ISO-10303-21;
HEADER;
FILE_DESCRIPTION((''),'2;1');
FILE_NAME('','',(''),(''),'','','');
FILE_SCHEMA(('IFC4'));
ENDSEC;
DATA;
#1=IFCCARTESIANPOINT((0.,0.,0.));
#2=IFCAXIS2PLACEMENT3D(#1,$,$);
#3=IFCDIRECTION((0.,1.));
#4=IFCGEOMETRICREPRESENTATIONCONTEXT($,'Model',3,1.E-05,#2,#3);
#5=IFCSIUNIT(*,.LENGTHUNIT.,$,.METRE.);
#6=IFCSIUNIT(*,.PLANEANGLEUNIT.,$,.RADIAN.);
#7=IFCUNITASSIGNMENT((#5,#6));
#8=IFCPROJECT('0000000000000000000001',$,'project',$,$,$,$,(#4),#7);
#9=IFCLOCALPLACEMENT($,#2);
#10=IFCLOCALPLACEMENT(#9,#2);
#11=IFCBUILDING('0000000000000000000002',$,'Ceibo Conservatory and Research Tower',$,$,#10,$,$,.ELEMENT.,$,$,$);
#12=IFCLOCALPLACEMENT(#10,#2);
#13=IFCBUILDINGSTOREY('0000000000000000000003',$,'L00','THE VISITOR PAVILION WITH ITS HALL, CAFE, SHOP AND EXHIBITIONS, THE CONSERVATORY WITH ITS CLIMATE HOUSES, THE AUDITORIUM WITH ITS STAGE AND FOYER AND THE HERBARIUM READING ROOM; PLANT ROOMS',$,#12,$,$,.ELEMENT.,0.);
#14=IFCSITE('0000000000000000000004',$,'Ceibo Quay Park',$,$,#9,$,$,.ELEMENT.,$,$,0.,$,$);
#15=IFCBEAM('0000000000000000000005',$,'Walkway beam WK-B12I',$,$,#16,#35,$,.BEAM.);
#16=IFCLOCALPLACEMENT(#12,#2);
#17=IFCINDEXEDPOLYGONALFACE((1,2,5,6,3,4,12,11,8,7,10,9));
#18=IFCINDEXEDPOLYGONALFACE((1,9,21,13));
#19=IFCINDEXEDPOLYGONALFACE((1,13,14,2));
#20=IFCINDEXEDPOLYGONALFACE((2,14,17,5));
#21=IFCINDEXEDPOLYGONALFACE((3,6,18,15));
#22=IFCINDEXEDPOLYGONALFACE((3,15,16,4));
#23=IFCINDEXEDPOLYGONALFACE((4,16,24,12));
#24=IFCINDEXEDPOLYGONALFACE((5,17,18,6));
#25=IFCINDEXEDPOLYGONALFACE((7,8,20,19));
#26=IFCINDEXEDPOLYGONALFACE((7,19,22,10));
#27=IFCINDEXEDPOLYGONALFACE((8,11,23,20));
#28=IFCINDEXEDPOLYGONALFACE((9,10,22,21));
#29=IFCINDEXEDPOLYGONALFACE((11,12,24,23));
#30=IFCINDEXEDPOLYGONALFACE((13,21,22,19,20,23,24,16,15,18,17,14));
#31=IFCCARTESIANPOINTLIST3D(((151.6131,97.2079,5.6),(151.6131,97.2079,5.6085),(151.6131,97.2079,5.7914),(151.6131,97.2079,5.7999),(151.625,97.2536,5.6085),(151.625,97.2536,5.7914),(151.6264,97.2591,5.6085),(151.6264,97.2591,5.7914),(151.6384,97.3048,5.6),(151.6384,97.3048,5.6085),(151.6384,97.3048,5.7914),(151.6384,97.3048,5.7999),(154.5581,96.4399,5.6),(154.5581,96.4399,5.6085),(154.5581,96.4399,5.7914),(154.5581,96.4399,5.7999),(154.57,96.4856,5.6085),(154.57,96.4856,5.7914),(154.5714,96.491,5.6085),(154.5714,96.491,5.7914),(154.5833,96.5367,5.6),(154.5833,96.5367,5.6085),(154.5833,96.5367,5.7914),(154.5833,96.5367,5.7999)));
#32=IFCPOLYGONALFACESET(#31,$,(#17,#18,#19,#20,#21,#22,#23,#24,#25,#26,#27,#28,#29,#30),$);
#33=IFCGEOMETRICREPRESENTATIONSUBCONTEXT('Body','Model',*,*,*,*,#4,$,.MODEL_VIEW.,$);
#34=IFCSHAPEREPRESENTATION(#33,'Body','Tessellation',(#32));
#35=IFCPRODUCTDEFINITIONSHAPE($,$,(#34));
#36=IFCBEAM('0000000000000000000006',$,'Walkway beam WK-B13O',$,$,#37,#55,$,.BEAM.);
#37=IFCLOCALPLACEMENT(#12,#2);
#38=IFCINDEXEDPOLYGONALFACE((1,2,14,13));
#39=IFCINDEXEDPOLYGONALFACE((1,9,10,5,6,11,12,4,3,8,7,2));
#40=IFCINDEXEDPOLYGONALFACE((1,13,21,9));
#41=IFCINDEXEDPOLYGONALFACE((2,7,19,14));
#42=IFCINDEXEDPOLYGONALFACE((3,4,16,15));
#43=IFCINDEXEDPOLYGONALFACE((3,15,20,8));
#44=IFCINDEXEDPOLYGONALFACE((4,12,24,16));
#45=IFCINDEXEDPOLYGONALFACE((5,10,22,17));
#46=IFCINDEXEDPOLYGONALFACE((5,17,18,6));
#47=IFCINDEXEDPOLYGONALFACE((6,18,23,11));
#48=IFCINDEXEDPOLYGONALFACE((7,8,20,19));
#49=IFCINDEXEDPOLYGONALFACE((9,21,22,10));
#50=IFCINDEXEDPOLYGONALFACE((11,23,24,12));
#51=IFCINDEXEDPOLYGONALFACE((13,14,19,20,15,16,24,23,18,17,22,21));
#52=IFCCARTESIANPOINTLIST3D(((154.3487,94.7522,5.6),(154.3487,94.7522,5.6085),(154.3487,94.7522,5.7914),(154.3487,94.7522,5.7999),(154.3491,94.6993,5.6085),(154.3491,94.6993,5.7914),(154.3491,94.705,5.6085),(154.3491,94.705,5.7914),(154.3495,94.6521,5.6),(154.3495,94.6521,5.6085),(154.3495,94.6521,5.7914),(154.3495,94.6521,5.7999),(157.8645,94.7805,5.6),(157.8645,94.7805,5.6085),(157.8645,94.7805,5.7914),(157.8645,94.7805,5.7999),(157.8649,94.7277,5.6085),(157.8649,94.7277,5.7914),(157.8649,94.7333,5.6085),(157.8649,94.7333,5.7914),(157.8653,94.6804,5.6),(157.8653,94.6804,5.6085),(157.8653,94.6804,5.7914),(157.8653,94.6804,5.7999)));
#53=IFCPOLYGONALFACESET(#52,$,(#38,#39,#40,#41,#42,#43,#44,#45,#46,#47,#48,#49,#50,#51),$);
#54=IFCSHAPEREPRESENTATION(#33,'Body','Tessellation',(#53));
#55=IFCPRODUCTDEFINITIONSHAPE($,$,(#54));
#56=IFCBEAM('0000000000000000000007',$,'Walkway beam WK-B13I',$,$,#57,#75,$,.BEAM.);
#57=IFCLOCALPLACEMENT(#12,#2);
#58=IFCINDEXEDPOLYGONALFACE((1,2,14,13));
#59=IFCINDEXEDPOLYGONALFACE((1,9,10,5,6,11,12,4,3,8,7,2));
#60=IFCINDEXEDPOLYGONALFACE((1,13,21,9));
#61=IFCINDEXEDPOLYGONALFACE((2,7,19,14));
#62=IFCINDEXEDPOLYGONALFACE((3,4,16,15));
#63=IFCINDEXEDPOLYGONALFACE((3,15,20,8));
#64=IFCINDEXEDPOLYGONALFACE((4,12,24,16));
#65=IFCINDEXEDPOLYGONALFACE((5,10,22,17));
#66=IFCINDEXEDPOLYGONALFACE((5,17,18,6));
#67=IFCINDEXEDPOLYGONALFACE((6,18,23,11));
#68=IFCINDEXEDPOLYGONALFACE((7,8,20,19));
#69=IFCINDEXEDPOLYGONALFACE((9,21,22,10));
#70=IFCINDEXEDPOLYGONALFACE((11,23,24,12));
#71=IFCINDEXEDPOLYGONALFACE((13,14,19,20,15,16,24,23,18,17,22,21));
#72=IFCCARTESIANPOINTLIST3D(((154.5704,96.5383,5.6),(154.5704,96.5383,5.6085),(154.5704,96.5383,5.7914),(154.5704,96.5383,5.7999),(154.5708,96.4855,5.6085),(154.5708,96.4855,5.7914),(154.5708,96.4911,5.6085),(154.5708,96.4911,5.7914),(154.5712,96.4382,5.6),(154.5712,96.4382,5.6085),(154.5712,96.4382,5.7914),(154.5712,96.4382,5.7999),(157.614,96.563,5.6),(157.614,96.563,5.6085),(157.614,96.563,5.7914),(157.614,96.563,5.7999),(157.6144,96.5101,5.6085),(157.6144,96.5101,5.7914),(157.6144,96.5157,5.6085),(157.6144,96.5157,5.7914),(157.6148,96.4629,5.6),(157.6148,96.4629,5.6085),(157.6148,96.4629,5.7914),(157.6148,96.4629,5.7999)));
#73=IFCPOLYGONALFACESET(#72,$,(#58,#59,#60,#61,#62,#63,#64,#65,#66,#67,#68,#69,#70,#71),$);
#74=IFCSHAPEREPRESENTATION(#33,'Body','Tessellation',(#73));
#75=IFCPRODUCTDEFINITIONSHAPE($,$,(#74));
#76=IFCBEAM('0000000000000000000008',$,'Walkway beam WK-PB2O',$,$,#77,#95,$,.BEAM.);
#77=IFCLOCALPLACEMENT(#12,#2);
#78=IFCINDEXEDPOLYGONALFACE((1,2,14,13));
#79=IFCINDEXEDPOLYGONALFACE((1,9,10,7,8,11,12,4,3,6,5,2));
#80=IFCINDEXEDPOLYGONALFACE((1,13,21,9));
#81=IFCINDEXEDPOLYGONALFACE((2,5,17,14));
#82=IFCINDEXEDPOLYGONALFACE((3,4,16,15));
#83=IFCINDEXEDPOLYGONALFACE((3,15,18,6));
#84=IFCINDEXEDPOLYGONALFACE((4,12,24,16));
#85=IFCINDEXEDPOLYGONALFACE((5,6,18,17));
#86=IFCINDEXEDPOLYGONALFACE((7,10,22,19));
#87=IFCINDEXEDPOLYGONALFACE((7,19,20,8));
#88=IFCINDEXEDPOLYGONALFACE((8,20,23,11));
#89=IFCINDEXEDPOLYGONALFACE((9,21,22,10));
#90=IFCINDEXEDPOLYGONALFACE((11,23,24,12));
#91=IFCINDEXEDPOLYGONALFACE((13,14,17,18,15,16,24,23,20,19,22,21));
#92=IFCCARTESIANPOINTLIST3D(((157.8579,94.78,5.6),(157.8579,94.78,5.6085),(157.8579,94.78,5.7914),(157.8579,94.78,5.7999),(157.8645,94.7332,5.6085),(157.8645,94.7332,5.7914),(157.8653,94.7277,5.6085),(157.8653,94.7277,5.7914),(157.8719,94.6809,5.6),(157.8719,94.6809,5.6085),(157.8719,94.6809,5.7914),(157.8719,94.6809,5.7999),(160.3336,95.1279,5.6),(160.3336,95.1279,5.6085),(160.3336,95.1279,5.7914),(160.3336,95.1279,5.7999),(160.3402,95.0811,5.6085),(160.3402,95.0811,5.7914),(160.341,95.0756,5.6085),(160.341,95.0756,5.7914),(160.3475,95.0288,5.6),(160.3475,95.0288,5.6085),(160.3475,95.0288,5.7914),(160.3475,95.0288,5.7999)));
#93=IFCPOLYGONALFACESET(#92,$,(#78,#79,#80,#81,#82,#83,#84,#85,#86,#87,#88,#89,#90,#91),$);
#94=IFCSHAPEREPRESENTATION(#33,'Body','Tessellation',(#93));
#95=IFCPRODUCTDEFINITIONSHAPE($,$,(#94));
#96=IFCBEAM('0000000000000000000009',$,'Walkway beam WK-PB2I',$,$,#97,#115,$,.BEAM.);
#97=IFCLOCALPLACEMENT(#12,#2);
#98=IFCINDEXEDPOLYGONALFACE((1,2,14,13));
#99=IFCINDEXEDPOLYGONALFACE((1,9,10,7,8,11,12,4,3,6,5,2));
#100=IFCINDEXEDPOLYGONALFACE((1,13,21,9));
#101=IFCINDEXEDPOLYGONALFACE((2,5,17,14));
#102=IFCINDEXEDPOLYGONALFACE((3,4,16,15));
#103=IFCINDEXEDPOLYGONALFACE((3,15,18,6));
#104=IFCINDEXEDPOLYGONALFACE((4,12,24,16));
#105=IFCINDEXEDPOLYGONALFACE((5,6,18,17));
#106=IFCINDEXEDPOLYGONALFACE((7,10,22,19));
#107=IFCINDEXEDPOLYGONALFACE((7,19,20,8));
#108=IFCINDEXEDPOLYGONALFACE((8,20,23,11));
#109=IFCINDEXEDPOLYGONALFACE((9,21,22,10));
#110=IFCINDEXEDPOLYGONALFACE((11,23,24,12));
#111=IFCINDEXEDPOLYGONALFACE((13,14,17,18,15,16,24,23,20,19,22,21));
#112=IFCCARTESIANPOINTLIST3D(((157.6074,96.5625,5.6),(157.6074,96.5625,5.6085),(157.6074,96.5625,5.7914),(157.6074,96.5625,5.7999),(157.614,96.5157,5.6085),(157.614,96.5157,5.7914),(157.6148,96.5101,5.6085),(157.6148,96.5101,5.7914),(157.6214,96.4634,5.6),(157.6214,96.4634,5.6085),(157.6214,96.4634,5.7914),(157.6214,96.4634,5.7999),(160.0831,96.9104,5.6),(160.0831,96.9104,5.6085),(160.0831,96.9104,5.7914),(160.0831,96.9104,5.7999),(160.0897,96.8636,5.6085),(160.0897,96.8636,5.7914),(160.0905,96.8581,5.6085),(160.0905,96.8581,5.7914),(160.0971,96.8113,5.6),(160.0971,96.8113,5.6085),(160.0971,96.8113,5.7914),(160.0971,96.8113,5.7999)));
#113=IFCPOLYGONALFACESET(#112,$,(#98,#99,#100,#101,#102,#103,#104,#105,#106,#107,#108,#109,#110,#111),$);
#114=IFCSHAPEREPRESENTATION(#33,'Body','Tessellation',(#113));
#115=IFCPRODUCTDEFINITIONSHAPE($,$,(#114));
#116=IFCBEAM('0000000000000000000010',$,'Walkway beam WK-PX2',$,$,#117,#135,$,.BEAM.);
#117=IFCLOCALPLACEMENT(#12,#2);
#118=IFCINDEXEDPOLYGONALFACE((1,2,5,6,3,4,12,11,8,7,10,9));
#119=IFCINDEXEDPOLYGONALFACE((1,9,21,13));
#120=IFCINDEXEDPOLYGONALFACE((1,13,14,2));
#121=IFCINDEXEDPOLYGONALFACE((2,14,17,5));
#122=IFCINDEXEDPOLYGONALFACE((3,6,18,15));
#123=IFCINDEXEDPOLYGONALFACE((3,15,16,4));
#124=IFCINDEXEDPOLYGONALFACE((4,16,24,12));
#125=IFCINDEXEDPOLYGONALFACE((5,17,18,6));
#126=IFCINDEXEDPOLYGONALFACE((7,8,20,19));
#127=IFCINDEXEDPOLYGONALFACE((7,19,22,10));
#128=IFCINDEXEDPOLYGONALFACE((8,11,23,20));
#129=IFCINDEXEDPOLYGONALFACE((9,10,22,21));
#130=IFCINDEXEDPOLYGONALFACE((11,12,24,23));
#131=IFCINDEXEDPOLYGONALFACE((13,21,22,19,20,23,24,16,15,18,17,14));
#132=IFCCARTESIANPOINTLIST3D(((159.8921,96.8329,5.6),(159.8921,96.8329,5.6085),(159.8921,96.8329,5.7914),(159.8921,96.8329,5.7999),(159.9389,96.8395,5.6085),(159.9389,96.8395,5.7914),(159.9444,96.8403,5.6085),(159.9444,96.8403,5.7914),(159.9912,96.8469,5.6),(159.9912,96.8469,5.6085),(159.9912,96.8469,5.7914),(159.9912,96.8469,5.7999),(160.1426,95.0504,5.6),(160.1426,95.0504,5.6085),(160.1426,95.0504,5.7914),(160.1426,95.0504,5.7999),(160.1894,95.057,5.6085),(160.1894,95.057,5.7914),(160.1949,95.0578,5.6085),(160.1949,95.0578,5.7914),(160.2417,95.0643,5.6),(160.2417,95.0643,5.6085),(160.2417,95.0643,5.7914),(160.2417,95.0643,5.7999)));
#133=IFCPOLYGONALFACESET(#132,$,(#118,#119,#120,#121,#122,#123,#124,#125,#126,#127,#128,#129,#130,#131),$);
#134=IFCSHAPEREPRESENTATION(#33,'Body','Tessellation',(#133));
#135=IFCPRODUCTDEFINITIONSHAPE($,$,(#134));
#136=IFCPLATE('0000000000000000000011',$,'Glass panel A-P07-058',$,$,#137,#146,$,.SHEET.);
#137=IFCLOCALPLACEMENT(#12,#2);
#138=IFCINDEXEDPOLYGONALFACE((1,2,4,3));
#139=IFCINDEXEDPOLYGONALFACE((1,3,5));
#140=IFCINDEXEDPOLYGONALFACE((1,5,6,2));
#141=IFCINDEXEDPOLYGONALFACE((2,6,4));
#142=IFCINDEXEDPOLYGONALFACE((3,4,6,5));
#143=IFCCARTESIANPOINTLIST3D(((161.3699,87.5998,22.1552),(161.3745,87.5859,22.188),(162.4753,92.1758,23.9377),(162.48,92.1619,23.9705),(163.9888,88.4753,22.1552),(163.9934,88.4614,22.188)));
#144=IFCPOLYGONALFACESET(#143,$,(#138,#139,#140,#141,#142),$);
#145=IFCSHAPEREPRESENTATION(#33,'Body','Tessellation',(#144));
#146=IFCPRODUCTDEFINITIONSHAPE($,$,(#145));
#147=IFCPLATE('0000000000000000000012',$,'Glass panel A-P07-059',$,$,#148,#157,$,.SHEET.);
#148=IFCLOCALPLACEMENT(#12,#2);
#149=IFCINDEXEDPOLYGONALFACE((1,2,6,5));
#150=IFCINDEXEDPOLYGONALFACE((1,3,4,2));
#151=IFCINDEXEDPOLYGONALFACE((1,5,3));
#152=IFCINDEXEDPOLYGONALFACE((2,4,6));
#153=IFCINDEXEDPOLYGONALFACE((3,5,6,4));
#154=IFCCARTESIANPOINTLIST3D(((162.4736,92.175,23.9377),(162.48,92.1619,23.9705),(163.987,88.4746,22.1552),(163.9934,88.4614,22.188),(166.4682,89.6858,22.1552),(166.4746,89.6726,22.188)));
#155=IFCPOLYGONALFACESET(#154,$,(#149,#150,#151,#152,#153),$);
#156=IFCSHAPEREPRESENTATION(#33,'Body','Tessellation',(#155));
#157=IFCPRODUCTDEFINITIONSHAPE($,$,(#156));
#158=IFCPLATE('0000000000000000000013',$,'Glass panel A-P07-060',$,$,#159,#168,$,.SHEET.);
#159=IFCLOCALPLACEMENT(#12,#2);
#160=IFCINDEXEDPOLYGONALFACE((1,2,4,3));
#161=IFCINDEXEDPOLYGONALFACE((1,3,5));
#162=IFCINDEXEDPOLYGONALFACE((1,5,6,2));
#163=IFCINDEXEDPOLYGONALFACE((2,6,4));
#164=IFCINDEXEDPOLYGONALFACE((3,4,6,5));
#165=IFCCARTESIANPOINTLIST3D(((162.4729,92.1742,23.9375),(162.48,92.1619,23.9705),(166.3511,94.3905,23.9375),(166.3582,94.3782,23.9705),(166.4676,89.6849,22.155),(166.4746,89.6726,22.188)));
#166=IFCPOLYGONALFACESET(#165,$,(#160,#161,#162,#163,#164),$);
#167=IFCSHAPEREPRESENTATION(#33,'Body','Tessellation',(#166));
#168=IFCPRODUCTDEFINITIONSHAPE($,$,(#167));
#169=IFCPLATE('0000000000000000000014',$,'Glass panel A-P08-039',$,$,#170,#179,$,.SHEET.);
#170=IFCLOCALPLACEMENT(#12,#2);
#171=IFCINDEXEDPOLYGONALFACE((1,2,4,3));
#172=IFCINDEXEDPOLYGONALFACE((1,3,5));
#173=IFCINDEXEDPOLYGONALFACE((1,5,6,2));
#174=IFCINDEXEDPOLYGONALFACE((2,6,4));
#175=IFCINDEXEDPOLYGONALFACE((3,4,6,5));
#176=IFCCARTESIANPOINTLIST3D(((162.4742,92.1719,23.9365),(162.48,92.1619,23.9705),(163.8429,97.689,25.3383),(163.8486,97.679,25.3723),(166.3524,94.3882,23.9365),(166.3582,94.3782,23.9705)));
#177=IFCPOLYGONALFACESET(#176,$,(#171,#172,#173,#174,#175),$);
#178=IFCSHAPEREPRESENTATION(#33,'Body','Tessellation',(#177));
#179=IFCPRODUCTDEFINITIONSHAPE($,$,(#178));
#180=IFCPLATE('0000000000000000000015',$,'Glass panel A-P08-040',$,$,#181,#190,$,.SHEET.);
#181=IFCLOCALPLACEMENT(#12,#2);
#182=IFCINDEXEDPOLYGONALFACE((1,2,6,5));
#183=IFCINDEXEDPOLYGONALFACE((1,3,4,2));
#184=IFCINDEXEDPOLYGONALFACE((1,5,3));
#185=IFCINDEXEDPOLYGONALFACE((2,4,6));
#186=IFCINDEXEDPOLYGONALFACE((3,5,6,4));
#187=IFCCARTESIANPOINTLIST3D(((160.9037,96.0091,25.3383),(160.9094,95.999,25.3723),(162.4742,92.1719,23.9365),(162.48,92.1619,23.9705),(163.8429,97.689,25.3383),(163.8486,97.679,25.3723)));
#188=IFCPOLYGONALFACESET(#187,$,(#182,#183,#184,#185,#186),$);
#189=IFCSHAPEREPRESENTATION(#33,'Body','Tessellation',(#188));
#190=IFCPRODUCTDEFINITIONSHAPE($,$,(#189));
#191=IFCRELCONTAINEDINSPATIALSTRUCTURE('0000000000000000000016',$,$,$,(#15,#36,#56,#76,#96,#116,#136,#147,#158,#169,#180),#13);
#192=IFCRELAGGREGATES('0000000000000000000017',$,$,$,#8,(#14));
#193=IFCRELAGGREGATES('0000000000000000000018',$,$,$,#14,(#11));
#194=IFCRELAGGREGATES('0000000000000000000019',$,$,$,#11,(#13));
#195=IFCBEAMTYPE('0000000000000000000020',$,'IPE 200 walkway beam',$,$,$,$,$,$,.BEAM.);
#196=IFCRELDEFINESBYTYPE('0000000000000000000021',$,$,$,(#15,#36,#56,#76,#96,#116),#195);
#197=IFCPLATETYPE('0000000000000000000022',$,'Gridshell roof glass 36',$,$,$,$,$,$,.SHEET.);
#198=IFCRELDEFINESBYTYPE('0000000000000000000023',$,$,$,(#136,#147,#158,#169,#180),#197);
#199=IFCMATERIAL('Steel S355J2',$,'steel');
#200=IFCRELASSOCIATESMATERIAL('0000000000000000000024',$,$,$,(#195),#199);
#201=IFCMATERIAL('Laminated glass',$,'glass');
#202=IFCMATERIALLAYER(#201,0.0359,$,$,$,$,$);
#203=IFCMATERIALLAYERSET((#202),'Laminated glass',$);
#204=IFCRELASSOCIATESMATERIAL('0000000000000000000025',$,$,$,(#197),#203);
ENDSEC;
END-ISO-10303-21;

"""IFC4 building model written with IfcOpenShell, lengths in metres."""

from ifc_helpers import new_model, si_unit, direction, frame, origin, origin_2d, place, context, subcontext, project, spatial, polyline, i_section, outline, extrude, material, layer, layer_set, material_profile, profile_set, type_object, element, save


model = new_model("IFC4")

# Units and contexts
model_context = context("Model", 3, precision=1e-05, world=origin(), true_north=direction((0.0, 1.0)))
body_context = subcontext(model_context, "Body", "Model", "MODEL_VIEW")
ifc_project = project(units=[si_unit("LENGTHUNIT", "METRE"), si_unit("PLANEANGLEUNIT", "RADIAN")], contexts=[model_context])

# Site, building, storey
site_placement = place(None, origin())
site = spatial("IfcSite", under=ifc_project, at=site_placement, Name="Ceibo Quay Park", CompositionType="ELEMENT", RefElevation=0.0)
building_placement = place(site_placement, origin())
building = spatial("IfcBuilding", under=site, at=building_placement, Name="Ceibo Conservatory and Research Tower", CompositionType="ELEMENT")
storey_placement = place(building_placement, origin())
storey = spatial("IfcBuildingStorey", under=building, at=storey_placement, Name="L00", Description="THE VISITOR PAVILION WITH ITS HALL, CAFE, SHOP AND EXHIBITIONS, THE CONSERVATORY WITH ITS CLIMATE HOUSES, THE AUDITORIUM WITH ITS STAGE AND FOYER AND THE HERBARIUM READING ROOM; PLANT ROOMS", CompositionType="ELEMENT", Elevation=0.0)

# Beams
ifc_material_1 = material(Name="Steel S355J2", Category="steel")
ifc_material_profile_1 = material_profile(ifc_material_1, i_section(OverallWidth=0.1001, OverallDepth=0.2, WebThickness=0.0056, FlangeThickness=0.0085, at=origin_2d()), Name="IPE 200")
ifc_profile_set_1 = profile_set([ifc_material_profile_1], Name="Steel S355J2")
beam_type = type_object("IfcBeamType", Name="IPE 200 walkway beam", PredefinedType="BEAM", material=ifc_profile_set_1)
beam_1_placement = place(storey_placement, frame((151.6257, 97.2563, 5.7), z_axis=(0.967634, -0.252357, 0.0), x_axis=(0.252357, 0.967634, 0.0)))
element("IfcBeam", 1, at=beam_1_placement, inside=storey, type_object=beam_type, Name="Walkway beam WK-B12I", PredefinedType="BEAM", context=body_context, shape_type="SweptSolid", body=[
    extrude(i_section(OverallWidth=0.1001, OverallDepth=0.2, WebThickness=0.0056, FlangeThickness=0.0085, at=origin_2d()), origin(), (0.0, 0.0, 1.0), 3.0435),
])
beam_2_placement = place(storey_placement, frame((154.3491, 94.7021, 5.7), z_axis=(0.999968, 0.008055, 0.0), x_axis=(-0.008055, 0.999968, 0.0)))
element("IfcBeam", 2, at=beam_2_placement, inside=storey, type_object=beam_type, Name="Walkway beam WK-B13O", PredefinedType="BEAM", context=body_context, shape_type="SweptSolid", body=[
    extrude(i_section(OverallWidth=0.1001, OverallDepth=0.2, WebThickness=0.0056, FlangeThickness=0.0085, at=origin_2d()), origin(), (0.0, 0.0, 1.0), 3.5159),
])
beam_3_placement = place(storey_placement, frame((154.5708, 96.4883, 5.7), z_axis=(0.999967, 0.008101, 0.0), x_axis=(-0.008101, 0.999967, 0.0)))
element("IfcBeam", 3, at=beam_3_placement, inside=storey, type_object=beam_type, Name="Walkway beam WK-B13I", PredefinedType="BEAM", context=body_context, shape_type="SweptSolid", body=[
    extrude(i_section(OverallWidth=0.1001, OverallDepth=0.2, WebThickness=0.0056, FlangeThickness=0.0085, at=origin_2d()), origin(), (0.0, 0.0, 1.0), 3.0437),
])
for number, where, z_axis, x_axis, name in (
    (4, (160.3406, 95.0784, 5.7), (-0.990269, -0.139165, 0.0), (0.139165, -0.990269, 0.0), "Walkway beam WK-PB2O"),
    (5, (160.0901, 96.8608, 5.7), (-0.990269, -0.139165, 0.0), (0.139165, -0.990269, 0.0), "Walkway beam WK-PB2I"),
):
    element("IfcBeam", number, at=place(storey_placement, frame(where, z_axis=z_axis, x_axis=x_axis)), inside=storey, type_object=beam_type, Name=name, PredefinedType="BEAM", context=body_context, shape_type="SweptSolid", body=[
        extrude(i_section(OverallWidth=0.1001, OverallDepth=0.2, WebThickness=0.0056, FlangeThickness=0.0085, at=origin_2d()), origin(), (0.0, 0.0, 1.0), 2.5),
    ])
beam_4_placement = place(storey_placement, frame((160.1921, 95.0574, 5.7), z_axis=(-0.139161, 0.99027, 0.0), x_axis=(-0.99027, -0.139161, 0.0)))
element("IfcBeam", 6, at=beam_4_placement, inside=storey, type_object=beam_type, Name="Walkway beam WK-PX2", PredefinedType="BEAM", context=body_context, shape_type="SweptSolid", body=[
    extrude(i_section(OverallWidth=0.1001, OverallDepth=0.2, WebThickness=0.0056, FlangeThickness=0.0085, at=origin_2d()), origin(), (0.0, 0.0, 1.0), 1.8),
])

# Plates
ifc_material_2 = material(Name="Laminated glass", Category="glass")
ifc_layer = layer(ifc_material_2, 0.0359)
ifc_layer_set = layer_set([ifc_layer], Name="Laminated glass")
plate_type = type_object("IfcPlateType", Name="Gridshell roof glass 36", PredefinedType="SHEET", material=ifc_layer_set)
plate_1_placement = place(storey_placement, frame((162.48, 92.1619, 23.9705), z_axis=(0.129337, -0.386892, 0.91301), x_axis=(-0.219613, -0.909054, -0.354106)))
element("IfcPlate", 7, at=plate_1_placement, inside=storey, type_object=plate_type, Name="Glass panel A-P07-058", PredefinedType="SHEET", context=body_context, shape_type="SweptSolid", body=[
    extrude(outline(polyline([(0.0, 0.0), (5.0337, 0.0), (3.6627, 2.397), (0.0, 0.0)])), origin(), (0.0, 0.0, -1.0), 0.0359),
])
plate_2_placement = place(storey_placement, frame((162.48, 92.1619, 23.9705), z_axis=(0.178953, -0.366599, 0.913007), x_axis=(0.345743, -0.845367, -0.407206)))
element("IfcPlate", 8, at=plate_2_placement, inside=storey, type_object=plate_type, Name="Glass panel A-P07-059", PredefinedType="SHEET", context=body_context, shape_type="SweptSolid", body=[
    extrude(outline(polyline([(0.0, 0.0), (4.3773, 0.0), (4.2113, 2.756), (0.0, 0.0)])), origin(), (0.0, 0.0, -1.0), 0.0359),
])
plate_3_placement = place(storey_placement, frame((162.48, 92.1619, 23.9705), z_axis=(0.196083, -0.343113, 0.918599), x_axis=(0.793694, -0.494591, -0.35416)))
element("IfcPlate", 9, at=plate_3_placement, inside=storey, type_object=plate_type, Name="Glass panel A-P07-060", PredefinedType="SHEET", context=body_context, shape_type="SweptSolid", body=[
    extrude(outline(polyline([(0.0, 0.0), (5.033, 0.0), (1.9819, 4.003), (0.0, 0.0)])), origin(), (0.0, 0.0, -1.0), 0.0359),
])
plate_4_placement = place(storey_placement, frame((162.48, 92.1619, 23.9705), z_axis=(0.160142, -0.280222, 0.946483), x_axis=(0.868223, 0.496174, 0.0)))
element("IfcPlate", 10, at=plate_4_placement, inside=storey, type_object=plate_type, Name="Glass panel A-P08-039", PredefinedType="SHEET", context=body_context, shape_type="SweptSolid", body=[
    extrude(outline(polyline([(0.0, 0.0), (4.4668, 0.0), (3.9257, 4.3434), (0.0, 0.0)])), origin(), (0.0, 0.0, -1.0), 0.0359),
])
plate_5_placement = place(storey_placement, frame((162.48, 92.1619, 23.9705), z_axis=(0.160166, -0.280227, 0.946478), x_axis=(0.233773, 0.942347, 0.239444)))
element("IfcPlate", 11, at=plate_5_placement, inside=storey, type_object=plate_type, Name="Glass panel A-P08-040", PredefinedType="SHEET", context=body_context, shape_type="SweptSolid", body=[
    extrude(outline(polyline([(0.0, 0.0), (5.8546, 0.0), (3.5844, 2.5115), (0.0, 0.0)])), origin(), (0.0, 0.0, -1.0), 0.0359),
])

save(model, "model.ifc")
